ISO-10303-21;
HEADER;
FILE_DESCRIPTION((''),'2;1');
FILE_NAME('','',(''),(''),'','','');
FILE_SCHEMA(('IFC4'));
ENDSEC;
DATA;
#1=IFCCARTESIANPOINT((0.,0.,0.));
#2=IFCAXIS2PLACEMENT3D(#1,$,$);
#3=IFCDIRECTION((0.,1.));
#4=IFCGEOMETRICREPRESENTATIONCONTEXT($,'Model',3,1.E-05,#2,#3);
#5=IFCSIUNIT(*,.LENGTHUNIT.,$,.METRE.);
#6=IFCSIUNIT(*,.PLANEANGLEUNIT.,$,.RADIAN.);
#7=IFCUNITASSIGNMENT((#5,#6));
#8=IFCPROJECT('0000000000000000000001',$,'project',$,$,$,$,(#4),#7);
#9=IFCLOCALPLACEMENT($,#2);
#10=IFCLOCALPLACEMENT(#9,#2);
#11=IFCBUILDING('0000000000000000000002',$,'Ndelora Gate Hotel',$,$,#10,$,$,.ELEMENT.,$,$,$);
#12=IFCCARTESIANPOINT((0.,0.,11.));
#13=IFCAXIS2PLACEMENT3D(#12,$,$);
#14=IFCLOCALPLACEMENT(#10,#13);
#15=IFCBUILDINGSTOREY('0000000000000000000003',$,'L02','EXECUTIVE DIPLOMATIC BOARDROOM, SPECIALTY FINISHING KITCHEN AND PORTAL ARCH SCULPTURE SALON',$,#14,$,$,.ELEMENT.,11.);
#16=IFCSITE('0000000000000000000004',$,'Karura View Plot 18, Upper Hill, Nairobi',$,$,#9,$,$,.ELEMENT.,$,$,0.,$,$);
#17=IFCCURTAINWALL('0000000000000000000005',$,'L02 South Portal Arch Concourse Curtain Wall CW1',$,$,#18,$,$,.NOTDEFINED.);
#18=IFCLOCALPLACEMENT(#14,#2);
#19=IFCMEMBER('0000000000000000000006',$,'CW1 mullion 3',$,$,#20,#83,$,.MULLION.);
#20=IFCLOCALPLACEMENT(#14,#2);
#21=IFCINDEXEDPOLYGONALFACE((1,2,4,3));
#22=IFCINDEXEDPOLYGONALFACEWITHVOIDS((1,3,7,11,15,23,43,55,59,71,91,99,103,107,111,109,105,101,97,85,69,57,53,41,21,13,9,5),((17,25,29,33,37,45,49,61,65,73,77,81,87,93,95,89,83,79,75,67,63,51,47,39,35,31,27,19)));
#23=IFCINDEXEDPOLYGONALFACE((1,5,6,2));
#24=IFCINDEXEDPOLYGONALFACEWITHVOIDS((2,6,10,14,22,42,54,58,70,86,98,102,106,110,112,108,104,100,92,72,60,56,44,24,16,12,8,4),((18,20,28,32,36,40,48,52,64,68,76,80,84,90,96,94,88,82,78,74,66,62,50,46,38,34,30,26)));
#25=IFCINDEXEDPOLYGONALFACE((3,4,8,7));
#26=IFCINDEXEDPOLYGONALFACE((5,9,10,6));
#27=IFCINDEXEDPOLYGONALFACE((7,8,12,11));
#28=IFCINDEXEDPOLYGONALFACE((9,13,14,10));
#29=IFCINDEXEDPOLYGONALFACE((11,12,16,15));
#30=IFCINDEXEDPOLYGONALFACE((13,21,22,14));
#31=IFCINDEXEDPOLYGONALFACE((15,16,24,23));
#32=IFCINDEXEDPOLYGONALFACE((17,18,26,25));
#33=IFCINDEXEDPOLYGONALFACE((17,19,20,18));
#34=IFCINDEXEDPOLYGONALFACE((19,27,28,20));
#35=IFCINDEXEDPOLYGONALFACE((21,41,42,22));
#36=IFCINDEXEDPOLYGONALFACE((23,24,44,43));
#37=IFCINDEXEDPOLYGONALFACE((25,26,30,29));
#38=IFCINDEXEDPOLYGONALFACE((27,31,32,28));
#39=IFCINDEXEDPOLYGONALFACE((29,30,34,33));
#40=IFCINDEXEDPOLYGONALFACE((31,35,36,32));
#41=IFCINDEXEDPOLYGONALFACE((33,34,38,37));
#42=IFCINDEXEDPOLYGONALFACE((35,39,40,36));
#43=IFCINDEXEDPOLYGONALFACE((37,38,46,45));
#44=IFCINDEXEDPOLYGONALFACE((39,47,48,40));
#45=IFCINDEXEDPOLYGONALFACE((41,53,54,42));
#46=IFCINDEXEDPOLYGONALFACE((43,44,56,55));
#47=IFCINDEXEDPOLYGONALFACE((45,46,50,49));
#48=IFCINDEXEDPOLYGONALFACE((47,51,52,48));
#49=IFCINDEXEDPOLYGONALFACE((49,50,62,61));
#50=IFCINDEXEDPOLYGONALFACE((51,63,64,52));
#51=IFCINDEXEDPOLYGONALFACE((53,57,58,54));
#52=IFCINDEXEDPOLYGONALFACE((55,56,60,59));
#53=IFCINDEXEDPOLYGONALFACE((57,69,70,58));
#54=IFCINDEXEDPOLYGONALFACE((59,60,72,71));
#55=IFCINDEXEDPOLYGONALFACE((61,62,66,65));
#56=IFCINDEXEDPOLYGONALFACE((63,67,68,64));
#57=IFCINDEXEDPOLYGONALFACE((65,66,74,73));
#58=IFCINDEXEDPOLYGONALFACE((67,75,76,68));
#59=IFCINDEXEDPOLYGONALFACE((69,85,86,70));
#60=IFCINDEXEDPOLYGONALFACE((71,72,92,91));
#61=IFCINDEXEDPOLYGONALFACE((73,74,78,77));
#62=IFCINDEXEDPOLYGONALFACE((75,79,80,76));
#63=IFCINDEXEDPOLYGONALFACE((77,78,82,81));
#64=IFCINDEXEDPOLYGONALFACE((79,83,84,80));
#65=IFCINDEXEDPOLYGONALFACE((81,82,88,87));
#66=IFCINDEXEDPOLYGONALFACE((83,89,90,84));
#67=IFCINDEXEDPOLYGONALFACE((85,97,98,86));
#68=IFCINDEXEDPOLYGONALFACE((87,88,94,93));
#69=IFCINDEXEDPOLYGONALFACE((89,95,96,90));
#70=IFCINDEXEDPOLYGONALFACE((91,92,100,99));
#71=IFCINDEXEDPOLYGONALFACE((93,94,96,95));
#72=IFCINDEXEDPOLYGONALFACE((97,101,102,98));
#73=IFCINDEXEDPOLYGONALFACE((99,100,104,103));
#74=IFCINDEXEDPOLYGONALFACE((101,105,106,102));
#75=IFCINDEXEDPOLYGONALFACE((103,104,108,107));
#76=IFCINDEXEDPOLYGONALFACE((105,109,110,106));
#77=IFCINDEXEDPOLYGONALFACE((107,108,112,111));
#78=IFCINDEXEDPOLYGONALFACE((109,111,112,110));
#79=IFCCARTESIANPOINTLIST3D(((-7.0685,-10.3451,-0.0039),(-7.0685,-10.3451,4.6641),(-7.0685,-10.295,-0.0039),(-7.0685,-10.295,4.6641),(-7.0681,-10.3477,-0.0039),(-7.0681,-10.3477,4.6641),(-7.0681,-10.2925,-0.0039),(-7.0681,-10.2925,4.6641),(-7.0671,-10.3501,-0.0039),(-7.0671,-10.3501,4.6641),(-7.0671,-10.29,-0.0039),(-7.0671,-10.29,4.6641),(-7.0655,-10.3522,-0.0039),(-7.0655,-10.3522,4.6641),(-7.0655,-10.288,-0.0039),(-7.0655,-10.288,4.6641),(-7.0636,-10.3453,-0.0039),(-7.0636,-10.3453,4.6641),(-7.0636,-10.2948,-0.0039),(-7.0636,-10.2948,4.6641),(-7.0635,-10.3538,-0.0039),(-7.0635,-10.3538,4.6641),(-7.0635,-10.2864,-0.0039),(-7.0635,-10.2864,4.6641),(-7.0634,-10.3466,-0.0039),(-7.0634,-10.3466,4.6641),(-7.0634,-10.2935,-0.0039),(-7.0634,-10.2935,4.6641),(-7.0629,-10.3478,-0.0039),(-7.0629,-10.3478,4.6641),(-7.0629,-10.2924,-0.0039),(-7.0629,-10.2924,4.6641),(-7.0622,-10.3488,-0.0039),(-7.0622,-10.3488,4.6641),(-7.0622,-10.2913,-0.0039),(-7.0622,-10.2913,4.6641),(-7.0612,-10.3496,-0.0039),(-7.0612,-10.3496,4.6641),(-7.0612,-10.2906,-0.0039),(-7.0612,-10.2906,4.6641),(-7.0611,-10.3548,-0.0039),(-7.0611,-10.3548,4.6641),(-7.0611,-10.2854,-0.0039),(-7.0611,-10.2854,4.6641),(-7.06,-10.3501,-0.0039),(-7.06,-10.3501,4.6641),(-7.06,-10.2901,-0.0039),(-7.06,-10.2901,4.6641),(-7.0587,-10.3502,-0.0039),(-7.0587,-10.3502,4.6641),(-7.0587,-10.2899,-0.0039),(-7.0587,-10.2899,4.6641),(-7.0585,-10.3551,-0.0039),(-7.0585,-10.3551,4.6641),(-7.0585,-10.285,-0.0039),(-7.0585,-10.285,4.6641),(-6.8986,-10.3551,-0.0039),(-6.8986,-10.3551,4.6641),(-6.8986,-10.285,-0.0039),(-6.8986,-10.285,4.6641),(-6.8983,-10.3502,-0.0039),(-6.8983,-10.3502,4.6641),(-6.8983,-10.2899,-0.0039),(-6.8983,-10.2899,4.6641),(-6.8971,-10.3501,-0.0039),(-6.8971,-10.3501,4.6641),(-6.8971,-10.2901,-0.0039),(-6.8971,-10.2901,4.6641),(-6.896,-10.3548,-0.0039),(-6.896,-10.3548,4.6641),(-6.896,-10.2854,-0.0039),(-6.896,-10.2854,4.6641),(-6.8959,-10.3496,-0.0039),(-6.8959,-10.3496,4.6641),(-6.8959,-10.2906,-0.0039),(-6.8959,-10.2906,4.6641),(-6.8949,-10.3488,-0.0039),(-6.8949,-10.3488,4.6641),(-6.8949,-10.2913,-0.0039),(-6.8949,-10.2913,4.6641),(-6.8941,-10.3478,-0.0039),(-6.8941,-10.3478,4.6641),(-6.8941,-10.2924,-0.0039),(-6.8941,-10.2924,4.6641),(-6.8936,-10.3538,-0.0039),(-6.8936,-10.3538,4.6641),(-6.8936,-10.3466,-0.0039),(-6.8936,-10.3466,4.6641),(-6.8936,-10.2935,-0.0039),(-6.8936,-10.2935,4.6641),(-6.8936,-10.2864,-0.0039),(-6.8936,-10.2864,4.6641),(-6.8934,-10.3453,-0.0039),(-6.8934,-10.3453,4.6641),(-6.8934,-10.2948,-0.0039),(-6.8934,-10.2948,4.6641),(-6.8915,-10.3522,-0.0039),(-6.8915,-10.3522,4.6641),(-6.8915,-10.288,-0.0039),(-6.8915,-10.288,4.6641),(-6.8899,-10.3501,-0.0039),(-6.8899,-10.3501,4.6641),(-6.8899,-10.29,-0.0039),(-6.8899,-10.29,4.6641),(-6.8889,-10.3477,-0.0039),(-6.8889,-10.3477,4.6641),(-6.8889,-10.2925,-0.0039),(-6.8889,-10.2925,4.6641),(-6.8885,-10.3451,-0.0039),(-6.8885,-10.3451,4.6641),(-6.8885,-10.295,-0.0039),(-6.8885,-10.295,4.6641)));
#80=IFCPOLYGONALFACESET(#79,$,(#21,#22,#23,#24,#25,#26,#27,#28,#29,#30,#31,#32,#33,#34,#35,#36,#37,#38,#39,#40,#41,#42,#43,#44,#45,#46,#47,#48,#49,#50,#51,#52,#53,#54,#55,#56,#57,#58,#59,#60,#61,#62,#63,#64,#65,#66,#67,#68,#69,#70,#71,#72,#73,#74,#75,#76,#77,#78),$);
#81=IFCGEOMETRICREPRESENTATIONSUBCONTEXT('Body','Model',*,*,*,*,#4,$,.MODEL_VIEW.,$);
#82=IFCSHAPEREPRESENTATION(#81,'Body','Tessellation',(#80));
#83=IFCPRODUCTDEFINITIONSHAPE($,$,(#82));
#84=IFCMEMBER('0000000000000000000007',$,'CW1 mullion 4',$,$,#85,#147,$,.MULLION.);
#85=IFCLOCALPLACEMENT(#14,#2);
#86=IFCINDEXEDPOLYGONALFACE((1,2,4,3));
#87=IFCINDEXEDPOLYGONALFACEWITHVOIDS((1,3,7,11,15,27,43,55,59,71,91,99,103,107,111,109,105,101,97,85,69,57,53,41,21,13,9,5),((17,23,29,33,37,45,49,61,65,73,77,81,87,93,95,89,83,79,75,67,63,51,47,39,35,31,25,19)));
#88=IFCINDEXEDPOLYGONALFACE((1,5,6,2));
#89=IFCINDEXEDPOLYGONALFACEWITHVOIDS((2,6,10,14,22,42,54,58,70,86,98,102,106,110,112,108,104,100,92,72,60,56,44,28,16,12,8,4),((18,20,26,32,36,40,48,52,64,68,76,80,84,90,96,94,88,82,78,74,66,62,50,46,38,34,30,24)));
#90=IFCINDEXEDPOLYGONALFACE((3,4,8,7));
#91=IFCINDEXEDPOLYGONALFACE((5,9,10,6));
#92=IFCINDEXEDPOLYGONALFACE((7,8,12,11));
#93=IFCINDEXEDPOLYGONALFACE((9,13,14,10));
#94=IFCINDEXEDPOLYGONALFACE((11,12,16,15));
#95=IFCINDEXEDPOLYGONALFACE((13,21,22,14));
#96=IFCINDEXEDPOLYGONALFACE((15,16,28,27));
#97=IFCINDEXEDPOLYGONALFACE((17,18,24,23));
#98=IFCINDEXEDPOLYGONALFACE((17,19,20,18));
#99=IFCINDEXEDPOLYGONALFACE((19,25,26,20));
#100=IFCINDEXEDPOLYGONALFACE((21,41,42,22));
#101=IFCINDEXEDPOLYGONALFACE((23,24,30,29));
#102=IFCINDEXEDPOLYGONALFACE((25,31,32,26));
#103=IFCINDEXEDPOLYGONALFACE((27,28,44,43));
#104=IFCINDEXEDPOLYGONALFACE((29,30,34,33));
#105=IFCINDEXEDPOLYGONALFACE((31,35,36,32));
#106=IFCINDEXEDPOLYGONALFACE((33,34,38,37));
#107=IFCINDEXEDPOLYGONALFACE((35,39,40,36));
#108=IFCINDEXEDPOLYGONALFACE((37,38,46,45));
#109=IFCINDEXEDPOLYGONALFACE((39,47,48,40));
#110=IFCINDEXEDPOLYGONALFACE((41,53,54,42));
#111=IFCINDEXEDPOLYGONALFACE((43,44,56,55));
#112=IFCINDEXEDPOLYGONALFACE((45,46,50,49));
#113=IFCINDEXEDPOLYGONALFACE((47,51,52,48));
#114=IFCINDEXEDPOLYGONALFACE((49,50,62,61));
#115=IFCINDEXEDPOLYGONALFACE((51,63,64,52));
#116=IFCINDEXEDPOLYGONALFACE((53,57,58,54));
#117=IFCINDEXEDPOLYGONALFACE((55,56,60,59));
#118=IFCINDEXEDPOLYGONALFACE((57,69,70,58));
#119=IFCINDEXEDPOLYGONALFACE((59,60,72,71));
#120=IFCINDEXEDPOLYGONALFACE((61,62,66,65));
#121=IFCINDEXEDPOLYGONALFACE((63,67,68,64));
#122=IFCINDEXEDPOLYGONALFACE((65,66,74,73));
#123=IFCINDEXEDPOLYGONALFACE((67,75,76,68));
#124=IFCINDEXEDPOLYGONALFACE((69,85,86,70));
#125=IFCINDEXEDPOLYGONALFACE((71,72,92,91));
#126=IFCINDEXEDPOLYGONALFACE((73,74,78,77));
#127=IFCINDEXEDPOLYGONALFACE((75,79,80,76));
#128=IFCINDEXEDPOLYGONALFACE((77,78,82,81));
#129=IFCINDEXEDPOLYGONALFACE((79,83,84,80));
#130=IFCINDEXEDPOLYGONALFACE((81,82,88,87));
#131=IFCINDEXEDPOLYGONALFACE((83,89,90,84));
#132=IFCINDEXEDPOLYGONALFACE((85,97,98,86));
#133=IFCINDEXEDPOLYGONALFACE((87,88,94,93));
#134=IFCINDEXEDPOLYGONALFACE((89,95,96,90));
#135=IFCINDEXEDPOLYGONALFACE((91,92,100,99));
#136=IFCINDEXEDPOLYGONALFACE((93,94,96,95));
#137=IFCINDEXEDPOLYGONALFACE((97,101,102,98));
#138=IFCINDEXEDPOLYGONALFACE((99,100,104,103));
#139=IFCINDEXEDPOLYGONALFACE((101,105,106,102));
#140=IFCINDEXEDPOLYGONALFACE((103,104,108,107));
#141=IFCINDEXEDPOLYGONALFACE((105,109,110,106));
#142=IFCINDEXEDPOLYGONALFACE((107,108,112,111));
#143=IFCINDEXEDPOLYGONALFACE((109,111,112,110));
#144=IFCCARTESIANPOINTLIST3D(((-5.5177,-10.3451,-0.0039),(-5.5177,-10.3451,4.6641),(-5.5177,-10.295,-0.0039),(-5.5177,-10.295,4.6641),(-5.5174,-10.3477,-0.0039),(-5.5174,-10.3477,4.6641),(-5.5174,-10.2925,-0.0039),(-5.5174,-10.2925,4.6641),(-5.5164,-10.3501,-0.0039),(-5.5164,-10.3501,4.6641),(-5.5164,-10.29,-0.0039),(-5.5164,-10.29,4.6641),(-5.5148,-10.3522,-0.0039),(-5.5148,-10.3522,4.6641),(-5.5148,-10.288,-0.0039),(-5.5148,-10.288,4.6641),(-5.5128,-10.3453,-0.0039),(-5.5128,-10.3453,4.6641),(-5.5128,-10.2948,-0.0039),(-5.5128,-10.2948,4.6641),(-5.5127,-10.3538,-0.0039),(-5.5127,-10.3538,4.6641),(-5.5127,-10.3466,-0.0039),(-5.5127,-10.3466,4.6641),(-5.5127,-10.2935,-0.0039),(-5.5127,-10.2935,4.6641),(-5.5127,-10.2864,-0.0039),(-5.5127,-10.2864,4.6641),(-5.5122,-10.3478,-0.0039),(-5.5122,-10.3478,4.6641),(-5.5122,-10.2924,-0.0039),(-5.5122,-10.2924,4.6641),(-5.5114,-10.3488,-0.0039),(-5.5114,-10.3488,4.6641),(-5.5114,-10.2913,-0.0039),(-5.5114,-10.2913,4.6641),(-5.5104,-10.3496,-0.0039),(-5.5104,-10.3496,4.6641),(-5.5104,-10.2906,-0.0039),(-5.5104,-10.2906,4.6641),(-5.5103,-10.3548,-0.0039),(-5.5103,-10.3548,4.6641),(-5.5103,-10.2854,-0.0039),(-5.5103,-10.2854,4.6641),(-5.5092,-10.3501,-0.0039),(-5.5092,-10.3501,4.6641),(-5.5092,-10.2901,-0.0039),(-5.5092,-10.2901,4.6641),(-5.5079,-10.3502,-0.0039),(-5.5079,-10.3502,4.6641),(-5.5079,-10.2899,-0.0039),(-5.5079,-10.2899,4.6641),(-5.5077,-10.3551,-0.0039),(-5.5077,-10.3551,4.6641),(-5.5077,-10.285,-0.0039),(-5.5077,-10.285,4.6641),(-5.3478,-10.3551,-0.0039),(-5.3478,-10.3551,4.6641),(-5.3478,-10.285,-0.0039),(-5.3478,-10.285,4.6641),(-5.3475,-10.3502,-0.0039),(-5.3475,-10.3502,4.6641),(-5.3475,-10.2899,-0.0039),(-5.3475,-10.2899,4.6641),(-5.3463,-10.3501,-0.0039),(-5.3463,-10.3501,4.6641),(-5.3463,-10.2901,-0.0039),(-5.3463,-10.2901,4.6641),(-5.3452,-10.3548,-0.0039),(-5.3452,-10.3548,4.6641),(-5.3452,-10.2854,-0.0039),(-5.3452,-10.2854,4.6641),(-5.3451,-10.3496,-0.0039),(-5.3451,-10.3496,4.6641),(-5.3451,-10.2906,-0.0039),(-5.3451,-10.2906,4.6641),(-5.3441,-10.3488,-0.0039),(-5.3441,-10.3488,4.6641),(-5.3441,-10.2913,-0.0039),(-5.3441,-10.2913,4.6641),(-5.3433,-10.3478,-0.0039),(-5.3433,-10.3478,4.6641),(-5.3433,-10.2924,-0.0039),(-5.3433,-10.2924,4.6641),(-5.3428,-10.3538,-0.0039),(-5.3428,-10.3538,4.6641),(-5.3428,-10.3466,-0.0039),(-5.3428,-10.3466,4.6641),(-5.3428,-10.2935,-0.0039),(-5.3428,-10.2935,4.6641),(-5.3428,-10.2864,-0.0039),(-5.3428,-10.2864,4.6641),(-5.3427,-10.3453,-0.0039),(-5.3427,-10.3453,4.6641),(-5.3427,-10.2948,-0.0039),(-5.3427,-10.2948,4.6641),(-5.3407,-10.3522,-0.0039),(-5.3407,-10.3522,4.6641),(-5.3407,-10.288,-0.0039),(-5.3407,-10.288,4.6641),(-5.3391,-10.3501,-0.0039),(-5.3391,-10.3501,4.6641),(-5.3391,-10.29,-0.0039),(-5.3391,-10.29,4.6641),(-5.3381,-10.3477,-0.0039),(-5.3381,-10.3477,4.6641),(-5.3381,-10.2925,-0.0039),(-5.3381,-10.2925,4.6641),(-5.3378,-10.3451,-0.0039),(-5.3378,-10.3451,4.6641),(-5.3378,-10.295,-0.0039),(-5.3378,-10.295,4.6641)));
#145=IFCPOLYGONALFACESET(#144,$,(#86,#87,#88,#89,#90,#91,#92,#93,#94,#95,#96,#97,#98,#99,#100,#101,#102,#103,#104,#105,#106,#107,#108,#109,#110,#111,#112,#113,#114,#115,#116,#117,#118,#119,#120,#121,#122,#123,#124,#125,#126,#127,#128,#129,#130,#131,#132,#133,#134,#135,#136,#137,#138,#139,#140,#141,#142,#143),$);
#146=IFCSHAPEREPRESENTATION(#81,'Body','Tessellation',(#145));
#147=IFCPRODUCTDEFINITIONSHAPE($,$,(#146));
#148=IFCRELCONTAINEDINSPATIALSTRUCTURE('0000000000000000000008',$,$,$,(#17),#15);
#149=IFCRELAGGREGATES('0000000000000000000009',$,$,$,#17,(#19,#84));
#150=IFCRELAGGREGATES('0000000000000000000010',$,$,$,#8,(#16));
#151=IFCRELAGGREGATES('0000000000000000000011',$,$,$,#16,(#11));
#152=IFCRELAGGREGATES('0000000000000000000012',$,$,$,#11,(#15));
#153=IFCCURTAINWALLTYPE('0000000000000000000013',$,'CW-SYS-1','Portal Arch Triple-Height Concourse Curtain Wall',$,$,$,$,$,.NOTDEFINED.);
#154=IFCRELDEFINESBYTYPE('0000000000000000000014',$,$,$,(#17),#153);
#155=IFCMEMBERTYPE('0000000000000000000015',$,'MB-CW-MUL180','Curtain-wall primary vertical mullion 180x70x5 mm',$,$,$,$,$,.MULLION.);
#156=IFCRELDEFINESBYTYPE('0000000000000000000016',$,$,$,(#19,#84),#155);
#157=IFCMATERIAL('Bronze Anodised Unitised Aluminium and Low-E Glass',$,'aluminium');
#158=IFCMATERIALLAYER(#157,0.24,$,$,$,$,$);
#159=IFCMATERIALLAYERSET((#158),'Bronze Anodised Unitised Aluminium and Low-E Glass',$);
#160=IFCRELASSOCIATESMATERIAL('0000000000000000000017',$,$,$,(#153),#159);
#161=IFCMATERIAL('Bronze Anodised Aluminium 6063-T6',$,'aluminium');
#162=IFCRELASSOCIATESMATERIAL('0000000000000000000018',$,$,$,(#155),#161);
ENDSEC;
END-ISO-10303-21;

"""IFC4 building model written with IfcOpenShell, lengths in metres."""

from ifc_helpers import new_model, si_unit, direction, frame, origin, origin_2d, place, context, subcontext, project, spatial, hollow_rectangle, extrude, material, layer, layer_set, material_profile, profile_set, type_object, element, aggregate, save


model = new_model("IFC4")

# Units and contexts
model_context = context("Model", 3, precision=1e-05, world=origin(), true_north=direction((0.0, 1.0)))
body_context = subcontext(model_context, "Body", "Model", "MODEL_VIEW")
ifc_project = project(units=[si_unit("LENGTHUNIT", "METRE"), si_unit("PLANEANGLEUNIT", "RADIAN")], contexts=[model_context])

# Site, building, storey
site_placement = place(None, origin())
site = spatial("IfcSite", under=ifc_project, at=site_placement, Name="Karura View Plot 18, Upper Hill, Nairobi", CompositionType="ELEMENT", RefElevation=0.0)
building_placement = place(site_placement, origin())
building = spatial("IfcBuilding", under=site, at=building_placement, Name="Ndelora Gate Hotel", CompositionType="ELEMENT")
storey_placement = place(building_placement, frame((0.0, 0.0, 11.0)))
storey = spatial("IfcBuildingStorey", under=building, at=storey_placement, Name="L02", Description="EXECUTIVE DIPLOMATIC BOARDROOM, SPECIALTY FINISHING KITCHEN AND PORTAL ARCH SCULPTURE SALON", CompositionType="ELEMENT", Elevation=11.0)

# Curtain wall, members
ifc_material_1 = material(Name="Bronze Anodised Unitised Aluminium and Low-E Glass", Category="aluminium")
ifc_layer_1 = layer(ifc_material_1, 0.24)
ifc_layer_set_1 = layer_set([ifc_layer_1], Name="Bronze Anodised Unitised Aluminium and Low-E Glass")
curtain_wall_type = type_object("IfcCurtainWallType", Name="CW-SYS-1", Description="Portal Arch Triple-Height Concourse Curtain Wall", PredefinedType="NOTDEFINED", material=ifc_layer_set_1)
curtain_wall_placement = place(storey_placement, origin())
curtain_wall = element("IfcCurtainWall", 1, at=curtain_wall_placement, inside=storey, type_object=curtain_wall_type, Name="L02 South Portal Arch Concourse Curtain Wall CW1", PredefinedType="NOTDEFINED")
ifc_material_2 = material(Name="Bronze Anodised Aluminium 6063-T6", Category="aluminium")
ifc_material_profile_1 = material_profile(ifc_material_2, hollow_rectangle(XDim=0.0701, YDim=0.1799, WallThickness=0.0049, InnerFilletRadius=0.0049, OuterFilletRadius=0.01, at=origin_2d()), Name="ALU 180x70x5")
ifc_profile_set_1 = profile_set([ifc_material_profile_1], Name="Bronze Anodised Aluminium 6063-T6")
member_type_1 = type_object("IfcMemberType", Name="MB-CW-MUL180", Description="Curtain-wall primary vertical mullion 180x70x5 mm", PredefinedType="MULLION", material=ifc_profile_set_1)
member_1_placement = place(storey_placement, frame((-6.9785, -10.3201, -0.0039), z_axis=(0.0, 0.0, 1.0), x_axis=(0.0, 1.0, 0.0)))
member_1 = element("IfcMember", 2, at=member_1_placement, type_object=member_type_1, Name="CW1 mullion 3", PredefinedType="MULLION", context=body_context, shape_type="SweptSolid", body=[
    extrude(hollow_rectangle(XDim=0.0701, YDim=0.1799, WallThickness=0.0049, InnerFilletRadius=0.0049, OuterFilletRadius=0.01, at=origin_2d()), origin(), (0.0, 0.0, 1.0), 4.668),
])
member_2_placement = place(storey_placement, frame((-5.4277, -10.3201, -0.0039), z_axis=(0.0, 0.0, 1.0), x_axis=(0.0, 1.0, 0.0)))
member_2 = element("IfcMember", 3, at=member_2_placement, type_object=member_type_1, Name="CW1 mullion 4", PredefinedType="MULLION", context=body_context, shape_type="SweptSolid", body=[
    extrude(hollow_rectangle(XDim=0.0701, YDim=0.1799, WallThickness=0.0049, InnerFilletRadius=0.0049, OuterFilletRadius=0.01, at=origin_2d()), origin(), (0.0, 0.0, 1.0), 4.668),
])
aggregate(curtain_wall, [member_1, member_2])

save(model, "model.ifc")
